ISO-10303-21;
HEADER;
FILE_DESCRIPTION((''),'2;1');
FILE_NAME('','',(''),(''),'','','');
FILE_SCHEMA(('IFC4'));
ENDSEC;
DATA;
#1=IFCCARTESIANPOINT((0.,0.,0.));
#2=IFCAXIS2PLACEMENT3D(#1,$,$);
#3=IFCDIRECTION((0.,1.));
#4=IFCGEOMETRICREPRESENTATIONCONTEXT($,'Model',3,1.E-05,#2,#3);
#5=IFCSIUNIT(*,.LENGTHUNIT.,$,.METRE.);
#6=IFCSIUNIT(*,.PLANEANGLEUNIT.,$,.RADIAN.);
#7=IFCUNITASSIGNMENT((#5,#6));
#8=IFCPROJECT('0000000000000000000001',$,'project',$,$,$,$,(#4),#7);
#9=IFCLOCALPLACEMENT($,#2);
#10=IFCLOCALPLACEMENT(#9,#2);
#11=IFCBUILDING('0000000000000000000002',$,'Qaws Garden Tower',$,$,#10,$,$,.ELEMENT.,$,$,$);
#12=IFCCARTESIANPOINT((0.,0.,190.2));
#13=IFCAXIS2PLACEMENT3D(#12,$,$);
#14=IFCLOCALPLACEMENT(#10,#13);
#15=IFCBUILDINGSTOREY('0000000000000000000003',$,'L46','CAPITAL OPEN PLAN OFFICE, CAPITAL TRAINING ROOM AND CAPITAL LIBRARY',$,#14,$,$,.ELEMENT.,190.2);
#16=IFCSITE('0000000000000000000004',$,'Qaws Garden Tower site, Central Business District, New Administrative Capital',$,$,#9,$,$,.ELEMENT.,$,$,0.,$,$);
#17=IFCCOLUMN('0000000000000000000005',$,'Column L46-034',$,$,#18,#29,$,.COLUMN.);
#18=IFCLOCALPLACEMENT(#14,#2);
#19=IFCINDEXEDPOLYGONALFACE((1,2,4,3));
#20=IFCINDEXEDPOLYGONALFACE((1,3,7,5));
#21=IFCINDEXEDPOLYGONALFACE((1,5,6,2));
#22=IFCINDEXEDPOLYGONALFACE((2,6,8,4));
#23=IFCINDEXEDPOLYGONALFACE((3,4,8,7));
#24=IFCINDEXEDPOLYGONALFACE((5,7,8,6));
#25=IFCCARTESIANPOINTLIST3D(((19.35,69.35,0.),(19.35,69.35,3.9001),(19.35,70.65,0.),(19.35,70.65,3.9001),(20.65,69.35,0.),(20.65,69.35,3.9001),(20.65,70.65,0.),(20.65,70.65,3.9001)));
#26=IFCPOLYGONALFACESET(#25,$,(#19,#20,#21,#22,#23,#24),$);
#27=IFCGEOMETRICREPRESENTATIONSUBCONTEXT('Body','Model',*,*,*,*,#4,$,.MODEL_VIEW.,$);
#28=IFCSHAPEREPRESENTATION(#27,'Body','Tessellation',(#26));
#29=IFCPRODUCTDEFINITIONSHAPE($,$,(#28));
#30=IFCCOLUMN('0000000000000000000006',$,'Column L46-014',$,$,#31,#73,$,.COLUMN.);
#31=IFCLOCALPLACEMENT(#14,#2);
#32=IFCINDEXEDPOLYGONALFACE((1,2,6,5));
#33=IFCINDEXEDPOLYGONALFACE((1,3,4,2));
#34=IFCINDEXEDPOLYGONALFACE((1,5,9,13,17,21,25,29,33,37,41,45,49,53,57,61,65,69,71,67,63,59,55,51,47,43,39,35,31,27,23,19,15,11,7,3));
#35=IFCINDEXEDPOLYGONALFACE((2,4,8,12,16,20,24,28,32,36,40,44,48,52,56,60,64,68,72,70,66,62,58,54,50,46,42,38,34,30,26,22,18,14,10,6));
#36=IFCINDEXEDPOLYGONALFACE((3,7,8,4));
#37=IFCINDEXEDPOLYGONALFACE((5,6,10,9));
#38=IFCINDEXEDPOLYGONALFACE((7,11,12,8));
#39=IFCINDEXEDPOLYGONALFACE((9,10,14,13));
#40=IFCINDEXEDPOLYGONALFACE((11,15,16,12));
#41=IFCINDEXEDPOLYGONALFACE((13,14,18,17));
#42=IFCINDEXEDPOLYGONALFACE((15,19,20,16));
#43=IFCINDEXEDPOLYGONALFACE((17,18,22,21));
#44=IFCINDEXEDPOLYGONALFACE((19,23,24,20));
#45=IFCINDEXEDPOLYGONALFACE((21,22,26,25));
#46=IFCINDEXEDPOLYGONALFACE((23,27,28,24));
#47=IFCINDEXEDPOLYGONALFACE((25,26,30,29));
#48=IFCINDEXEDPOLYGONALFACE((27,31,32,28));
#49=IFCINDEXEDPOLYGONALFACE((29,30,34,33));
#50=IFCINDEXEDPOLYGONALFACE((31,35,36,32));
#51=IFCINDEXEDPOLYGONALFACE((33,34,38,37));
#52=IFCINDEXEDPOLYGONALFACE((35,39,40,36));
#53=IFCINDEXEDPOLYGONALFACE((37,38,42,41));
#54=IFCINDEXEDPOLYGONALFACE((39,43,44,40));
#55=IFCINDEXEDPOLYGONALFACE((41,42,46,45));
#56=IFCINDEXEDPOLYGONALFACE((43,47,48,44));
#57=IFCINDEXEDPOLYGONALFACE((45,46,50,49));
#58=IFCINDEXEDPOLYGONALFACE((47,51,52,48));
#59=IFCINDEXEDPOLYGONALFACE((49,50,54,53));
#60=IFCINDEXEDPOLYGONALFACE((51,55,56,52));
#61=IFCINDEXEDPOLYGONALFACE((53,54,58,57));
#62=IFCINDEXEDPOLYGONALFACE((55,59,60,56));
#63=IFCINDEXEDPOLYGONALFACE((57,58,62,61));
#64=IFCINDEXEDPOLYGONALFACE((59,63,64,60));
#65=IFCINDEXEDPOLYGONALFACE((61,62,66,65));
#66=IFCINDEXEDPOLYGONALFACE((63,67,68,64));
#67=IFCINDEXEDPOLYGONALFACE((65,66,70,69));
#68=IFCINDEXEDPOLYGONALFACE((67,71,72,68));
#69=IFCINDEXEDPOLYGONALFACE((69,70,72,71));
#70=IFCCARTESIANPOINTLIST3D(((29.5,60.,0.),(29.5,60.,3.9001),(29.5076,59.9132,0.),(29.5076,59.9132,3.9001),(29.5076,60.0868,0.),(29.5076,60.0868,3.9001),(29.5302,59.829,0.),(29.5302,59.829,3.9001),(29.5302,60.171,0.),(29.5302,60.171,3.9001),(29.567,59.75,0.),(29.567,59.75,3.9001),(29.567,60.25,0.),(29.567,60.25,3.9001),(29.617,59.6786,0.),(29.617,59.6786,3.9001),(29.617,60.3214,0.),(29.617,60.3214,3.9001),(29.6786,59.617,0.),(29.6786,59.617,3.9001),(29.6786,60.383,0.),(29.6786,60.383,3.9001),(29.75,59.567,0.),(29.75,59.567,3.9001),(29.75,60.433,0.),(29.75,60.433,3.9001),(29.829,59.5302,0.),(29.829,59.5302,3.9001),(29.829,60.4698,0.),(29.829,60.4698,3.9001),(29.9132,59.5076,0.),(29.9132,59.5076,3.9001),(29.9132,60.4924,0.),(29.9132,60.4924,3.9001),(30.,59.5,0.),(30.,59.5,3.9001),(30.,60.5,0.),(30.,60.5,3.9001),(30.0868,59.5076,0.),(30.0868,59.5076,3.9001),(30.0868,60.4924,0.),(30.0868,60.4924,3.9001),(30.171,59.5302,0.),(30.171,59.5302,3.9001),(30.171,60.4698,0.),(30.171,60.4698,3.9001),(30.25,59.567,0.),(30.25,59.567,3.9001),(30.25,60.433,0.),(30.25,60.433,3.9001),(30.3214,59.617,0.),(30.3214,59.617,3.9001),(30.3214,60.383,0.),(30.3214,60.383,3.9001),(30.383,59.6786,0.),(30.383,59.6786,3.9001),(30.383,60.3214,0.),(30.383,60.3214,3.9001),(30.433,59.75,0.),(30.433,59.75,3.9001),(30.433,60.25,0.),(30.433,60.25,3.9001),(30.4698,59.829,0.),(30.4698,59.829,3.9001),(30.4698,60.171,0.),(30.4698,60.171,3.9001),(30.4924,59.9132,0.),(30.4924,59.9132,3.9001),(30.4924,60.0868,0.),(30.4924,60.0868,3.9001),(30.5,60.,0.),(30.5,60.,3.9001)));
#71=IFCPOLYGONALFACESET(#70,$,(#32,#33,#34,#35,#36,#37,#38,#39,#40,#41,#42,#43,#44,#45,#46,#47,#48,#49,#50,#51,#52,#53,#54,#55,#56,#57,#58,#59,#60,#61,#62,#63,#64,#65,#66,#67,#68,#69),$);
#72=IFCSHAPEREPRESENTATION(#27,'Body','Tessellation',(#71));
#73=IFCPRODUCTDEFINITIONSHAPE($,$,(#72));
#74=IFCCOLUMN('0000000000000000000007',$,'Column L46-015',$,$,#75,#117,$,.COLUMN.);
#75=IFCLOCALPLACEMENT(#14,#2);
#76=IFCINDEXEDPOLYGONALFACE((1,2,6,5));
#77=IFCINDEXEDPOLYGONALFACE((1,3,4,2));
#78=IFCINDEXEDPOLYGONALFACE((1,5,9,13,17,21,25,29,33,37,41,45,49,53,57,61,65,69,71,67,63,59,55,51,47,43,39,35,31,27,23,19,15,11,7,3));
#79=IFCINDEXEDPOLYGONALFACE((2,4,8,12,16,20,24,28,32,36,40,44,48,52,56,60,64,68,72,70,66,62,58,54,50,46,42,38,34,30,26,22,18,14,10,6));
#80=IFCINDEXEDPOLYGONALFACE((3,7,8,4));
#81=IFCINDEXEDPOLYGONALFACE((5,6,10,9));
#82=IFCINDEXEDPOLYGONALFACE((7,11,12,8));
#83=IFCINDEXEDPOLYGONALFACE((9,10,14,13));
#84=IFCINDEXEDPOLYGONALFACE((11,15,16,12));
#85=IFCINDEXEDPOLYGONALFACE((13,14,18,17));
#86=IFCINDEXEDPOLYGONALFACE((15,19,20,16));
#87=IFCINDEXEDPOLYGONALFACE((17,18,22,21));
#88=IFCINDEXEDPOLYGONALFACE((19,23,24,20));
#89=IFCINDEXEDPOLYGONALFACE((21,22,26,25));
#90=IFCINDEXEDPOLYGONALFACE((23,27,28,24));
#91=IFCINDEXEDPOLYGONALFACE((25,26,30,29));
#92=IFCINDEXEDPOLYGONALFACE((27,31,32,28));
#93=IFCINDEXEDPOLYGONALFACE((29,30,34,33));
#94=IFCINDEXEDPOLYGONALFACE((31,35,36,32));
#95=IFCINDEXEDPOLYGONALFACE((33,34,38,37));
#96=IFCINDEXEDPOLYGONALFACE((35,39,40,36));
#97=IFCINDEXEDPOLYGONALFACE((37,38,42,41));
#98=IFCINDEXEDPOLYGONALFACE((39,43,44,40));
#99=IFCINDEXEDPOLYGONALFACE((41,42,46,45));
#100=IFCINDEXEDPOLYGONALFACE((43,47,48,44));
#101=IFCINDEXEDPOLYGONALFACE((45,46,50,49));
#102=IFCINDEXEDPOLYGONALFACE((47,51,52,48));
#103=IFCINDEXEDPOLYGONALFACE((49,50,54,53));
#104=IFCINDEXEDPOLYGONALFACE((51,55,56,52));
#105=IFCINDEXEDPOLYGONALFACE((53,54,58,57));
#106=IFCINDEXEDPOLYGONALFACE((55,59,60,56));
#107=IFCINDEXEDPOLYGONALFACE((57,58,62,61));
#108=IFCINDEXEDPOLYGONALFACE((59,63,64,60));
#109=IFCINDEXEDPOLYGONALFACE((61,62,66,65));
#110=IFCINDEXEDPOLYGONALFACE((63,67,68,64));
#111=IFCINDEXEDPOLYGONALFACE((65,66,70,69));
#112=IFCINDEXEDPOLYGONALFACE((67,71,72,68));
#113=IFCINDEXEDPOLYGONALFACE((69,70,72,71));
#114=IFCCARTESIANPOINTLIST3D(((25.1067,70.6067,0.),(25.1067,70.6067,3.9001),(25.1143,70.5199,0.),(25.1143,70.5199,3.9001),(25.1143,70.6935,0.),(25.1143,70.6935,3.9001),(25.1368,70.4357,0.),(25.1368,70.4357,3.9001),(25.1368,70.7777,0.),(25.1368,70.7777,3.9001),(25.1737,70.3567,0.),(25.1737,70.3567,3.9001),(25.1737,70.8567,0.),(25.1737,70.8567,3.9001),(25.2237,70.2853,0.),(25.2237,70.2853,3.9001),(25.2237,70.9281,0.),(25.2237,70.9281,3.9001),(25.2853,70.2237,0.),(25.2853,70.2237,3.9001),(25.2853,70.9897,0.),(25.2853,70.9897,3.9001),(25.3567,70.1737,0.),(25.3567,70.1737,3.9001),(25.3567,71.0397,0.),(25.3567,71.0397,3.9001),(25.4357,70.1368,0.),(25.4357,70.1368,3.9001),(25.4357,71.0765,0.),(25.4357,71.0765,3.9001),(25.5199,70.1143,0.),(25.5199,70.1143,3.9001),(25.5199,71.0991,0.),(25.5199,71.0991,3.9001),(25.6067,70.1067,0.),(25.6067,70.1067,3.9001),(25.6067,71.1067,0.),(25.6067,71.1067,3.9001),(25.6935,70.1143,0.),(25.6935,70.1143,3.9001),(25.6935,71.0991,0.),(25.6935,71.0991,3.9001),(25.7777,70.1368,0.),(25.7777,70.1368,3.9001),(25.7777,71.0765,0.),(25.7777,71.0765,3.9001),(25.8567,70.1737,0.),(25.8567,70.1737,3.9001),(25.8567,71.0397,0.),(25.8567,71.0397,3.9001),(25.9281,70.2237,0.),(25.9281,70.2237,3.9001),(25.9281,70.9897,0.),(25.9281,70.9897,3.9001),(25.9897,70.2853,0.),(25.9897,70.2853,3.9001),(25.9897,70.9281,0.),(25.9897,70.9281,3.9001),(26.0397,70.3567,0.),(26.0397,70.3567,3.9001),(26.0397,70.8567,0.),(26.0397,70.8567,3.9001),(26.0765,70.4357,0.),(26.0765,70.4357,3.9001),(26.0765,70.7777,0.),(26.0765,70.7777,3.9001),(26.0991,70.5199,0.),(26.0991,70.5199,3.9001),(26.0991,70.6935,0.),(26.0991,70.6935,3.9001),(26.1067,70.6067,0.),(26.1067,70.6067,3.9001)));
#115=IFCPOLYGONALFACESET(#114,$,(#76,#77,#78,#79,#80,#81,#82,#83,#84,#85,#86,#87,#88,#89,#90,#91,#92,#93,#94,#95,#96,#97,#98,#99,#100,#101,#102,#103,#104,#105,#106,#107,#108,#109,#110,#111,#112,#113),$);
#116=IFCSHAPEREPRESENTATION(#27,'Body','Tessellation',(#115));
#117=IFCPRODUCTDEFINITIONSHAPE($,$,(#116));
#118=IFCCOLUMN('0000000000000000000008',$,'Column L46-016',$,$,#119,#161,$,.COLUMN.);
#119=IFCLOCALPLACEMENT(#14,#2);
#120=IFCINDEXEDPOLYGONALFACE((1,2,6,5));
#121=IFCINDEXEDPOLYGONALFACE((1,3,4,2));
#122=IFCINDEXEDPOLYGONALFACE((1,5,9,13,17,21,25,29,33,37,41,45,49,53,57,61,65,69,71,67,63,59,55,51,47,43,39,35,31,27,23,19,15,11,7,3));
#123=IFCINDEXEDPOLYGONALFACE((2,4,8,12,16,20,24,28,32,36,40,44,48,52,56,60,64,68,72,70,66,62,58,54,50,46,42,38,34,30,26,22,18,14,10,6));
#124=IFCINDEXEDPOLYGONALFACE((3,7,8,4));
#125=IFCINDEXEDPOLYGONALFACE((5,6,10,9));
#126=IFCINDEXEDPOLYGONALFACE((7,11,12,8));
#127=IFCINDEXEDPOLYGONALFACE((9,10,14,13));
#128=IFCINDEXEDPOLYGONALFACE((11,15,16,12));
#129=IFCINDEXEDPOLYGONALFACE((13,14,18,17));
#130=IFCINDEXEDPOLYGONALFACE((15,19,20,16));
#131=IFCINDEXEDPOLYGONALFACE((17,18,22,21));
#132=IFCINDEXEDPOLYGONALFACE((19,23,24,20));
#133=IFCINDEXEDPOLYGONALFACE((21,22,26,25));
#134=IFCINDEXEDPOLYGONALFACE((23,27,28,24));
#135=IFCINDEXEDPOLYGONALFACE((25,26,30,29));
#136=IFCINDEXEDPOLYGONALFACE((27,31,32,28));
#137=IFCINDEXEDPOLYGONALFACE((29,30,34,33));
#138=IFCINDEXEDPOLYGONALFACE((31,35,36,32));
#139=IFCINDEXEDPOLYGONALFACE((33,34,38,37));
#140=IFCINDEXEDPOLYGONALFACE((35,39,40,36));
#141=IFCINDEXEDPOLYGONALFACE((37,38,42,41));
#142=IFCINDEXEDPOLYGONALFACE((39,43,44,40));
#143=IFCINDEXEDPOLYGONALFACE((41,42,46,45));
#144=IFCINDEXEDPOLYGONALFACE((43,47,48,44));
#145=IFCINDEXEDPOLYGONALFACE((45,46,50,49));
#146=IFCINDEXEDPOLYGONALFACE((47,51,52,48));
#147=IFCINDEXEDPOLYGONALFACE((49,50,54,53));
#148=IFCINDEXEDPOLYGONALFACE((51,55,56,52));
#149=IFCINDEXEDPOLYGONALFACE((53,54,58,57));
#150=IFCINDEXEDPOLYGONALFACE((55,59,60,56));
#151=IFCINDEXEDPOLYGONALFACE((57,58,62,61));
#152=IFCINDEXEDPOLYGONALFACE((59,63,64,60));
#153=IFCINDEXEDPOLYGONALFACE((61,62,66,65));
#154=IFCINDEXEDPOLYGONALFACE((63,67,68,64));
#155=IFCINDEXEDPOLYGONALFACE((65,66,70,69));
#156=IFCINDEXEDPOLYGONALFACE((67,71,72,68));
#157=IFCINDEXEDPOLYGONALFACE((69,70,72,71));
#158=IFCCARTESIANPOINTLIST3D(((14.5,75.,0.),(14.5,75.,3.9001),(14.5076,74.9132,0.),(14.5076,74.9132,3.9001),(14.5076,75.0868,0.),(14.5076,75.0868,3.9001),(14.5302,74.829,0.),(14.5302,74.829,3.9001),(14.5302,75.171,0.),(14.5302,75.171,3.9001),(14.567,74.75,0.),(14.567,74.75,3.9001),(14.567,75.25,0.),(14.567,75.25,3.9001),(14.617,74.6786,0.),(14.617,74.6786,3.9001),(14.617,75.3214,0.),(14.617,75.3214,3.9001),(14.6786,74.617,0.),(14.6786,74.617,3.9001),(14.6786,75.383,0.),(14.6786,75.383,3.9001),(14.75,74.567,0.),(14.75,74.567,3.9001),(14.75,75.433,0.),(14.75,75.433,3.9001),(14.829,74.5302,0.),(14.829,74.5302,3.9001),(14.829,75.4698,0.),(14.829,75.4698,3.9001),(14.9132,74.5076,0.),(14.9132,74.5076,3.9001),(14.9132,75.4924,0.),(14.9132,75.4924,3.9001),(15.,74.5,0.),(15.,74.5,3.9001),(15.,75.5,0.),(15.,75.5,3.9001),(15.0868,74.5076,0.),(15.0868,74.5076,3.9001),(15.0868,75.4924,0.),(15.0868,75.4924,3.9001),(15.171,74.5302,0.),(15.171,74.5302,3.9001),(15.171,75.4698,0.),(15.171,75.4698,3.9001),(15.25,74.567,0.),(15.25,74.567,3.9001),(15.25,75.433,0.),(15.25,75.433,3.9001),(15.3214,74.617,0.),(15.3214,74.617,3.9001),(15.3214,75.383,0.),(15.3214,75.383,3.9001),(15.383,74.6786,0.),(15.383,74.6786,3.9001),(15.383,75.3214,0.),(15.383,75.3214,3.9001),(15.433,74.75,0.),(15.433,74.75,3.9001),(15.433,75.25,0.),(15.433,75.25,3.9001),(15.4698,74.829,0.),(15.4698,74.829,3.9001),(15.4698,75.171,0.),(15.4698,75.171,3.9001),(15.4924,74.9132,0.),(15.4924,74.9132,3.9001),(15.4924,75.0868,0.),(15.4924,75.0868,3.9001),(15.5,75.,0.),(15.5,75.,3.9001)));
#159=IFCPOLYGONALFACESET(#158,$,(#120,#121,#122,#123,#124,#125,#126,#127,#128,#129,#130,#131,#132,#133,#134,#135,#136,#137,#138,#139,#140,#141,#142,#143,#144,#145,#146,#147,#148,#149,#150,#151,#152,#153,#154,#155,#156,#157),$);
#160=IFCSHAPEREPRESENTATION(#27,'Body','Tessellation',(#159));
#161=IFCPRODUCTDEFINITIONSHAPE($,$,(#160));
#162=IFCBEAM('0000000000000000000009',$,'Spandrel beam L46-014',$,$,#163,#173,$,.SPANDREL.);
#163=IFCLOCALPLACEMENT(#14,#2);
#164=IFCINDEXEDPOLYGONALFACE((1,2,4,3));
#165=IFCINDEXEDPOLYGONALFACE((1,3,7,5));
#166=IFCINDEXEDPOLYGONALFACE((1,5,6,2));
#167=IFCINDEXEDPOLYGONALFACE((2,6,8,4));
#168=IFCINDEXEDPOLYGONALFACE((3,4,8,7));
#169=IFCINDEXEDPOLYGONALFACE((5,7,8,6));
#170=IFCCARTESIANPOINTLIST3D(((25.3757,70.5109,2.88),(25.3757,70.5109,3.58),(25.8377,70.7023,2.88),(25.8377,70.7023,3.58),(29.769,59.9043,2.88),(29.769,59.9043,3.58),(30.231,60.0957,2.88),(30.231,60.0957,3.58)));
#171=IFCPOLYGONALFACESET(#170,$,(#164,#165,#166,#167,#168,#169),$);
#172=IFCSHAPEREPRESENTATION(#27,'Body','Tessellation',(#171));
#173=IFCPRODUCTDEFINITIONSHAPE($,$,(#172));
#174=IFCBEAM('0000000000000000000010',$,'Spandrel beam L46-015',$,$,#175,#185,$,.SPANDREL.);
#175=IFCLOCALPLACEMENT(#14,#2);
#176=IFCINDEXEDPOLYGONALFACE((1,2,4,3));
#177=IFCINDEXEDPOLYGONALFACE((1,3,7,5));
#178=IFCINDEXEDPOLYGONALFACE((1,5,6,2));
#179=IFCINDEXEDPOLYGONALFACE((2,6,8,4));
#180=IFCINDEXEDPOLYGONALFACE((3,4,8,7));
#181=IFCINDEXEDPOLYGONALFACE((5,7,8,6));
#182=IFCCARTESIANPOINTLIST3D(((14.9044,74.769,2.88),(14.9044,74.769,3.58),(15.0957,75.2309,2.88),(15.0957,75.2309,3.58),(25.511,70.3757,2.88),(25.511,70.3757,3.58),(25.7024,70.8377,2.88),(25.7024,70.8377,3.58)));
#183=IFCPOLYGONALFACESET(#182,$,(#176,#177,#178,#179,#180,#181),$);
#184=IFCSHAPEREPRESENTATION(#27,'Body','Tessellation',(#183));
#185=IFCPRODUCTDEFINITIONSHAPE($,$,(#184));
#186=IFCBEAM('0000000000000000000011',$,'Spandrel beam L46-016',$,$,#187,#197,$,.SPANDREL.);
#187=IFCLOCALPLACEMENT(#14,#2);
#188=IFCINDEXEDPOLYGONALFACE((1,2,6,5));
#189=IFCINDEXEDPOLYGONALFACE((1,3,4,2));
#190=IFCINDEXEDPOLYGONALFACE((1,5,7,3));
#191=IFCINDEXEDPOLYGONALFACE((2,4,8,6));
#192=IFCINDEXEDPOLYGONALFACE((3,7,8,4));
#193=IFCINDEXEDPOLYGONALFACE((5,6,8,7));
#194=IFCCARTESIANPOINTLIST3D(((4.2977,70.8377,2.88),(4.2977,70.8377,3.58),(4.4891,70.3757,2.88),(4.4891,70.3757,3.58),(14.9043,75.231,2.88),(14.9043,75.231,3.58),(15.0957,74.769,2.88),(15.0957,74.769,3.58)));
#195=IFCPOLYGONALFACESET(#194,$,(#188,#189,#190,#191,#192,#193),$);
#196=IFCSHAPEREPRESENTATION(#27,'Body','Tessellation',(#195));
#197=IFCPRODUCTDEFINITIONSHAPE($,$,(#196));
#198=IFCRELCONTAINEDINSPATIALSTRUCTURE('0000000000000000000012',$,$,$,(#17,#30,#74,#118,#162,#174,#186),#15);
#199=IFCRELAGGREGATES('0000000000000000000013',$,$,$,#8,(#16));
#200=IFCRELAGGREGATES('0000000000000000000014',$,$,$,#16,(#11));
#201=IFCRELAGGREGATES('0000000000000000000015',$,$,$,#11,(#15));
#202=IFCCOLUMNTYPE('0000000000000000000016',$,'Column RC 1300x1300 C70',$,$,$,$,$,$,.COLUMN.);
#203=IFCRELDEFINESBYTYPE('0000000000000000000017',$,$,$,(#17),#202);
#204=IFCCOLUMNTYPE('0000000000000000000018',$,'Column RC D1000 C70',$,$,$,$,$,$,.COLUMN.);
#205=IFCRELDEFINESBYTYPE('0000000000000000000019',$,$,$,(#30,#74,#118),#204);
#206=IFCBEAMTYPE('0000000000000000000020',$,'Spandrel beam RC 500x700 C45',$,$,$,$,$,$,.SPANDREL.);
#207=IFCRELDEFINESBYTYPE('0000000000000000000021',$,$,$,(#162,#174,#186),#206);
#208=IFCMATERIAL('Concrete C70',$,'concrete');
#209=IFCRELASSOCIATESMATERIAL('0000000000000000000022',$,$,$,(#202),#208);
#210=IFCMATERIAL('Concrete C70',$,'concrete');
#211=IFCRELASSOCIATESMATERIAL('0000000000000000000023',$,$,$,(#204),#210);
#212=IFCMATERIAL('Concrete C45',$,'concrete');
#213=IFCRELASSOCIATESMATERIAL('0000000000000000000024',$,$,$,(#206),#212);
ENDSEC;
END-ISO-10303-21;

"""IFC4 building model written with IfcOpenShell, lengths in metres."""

from ifc_helpers import new_model, si_unit, direction, frame, origin, origin_2d, place, context, subcontext, project, spatial, rectangle, circle, extrude, material, material_profile, profile_set, type_object, element, save


model = new_model("IFC4")

# Units and contexts
model_context = context("Model", 3, precision=1e-05, world=origin(), true_north=direction((0.0, 1.0)))
body_context = subcontext(model_context, "Body", "Model", "MODEL_VIEW")
ifc_project = project(units=[si_unit("LENGTHUNIT", "METRE"), si_unit("PLANEANGLEUNIT", "RADIAN")], contexts=[model_context])

# Site, building, storey
site_placement = place(None, origin())
site = spatial("IfcSite", under=ifc_project, at=site_placement, Name="Qaws Garden Tower site, Central Business District, New Administrative Capital", CompositionType="ELEMENT", RefElevation=0.0)
building_placement = place(site_placement, origin())
building = spatial("IfcBuilding", under=site, at=building_placement, Name="Qaws Garden Tower", CompositionType="ELEMENT")
storey_placement = place(building_placement, frame((0.0, 0.0, 190.2)))
storey = spatial("IfcBuildingStorey", under=building, at=storey_placement, Name="L46", Description="CAPITAL OPEN PLAN OFFICE, CAPITAL TRAINING ROOM AND CAPITAL LIBRARY", CompositionType="ELEMENT", Elevation=190.2)

# Columns
ifc_material_1 = material(Name="Concrete C70", Category="concrete")
ifc_material_profile_1 = material_profile(ifc_material_1, rectangle(XDim=1.3, YDim=1.3, at=origin_2d()), Name="RC 1300x1300")
ifc_profile_set_1 = profile_set([ifc_material_profile_1], Name="Concrete C70")
column_type_1 = type_object("IfcColumnType", Name="Column RC 1300x1300 C70", PredefinedType="COLUMN", material=ifc_profile_set_1)
column_placement = place(storey_placement, frame((20.0, 70.0, 0.0), z_axis=(0.0, 0.0, 1.0), x_axis=(1.0, 0.0, 0.0)))
element("IfcColumn", 1, at=column_placement, inside=storey, type_object=column_type_1, Name="Column L46-034", PredefinedType="COLUMN", context=body_context, shape_type="SweptSolid", body=[
    extrude(rectangle(XDim=1.3, YDim=1.3, at=origin_2d()), origin(), (0.0, 0.0, 1.0), 3.9001),
])
ifc_material_2 = material(Name="Concrete C70", Category="concrete")
ifc_material_profile_2 = material_profile(ifc_material_2, circle(Radius=0.5, at=origin_2d()), Name="RC D1000")
ifc_profile_set_2 = profile_set([ifc_material_profile_2], Name="Concrete C70")
column_type_2 = type_object("IfcColumnType", Name="Column RC D1000 C70", PredefinedType="COLUMN", material=ifc_profile_set_2)
for number, where, z_axis, x_axis, name in (
    (2, (30.0, 60.0, 0.0), (0.0, 0.0, 1.0), (1.0, 0.0, 0.0), "Column L46-014"),
    (3, (25.6067, 70.6067, 0.0), (0.0, 0.0, 1.0), (1.0, 0.0, 0.0), "Column L46-015"),
    (4, (15.0, 75.0, 0.0), (0.0, 0.0, 1.0), (1.0, 0.0, 0.0), "Column L46-016"),
):
    element("IfcColumn", number, at=place(storey_placement, frame(where, z_axis=z_axis, x_axis=x_axis)), inside=storey, type_object=column_type_2, Name=name, PredefinedType="COLUMN", context=body_context, shape_type="SweptSolid", body=[
        extrude(circle(Radius=0.5, at=origin_2d()), origin(), (0.0, 0.0, 1.0), 3.9001),
    ])

# Beams
ifc_material_3 = material(Name="Concrete C45", Category="concrete")
ifc_material_profile_3 = material_profile(ifc_material_3, rectangle(XDim=0.5, YDim=0.7, at=origin_2d()), Name="RC 500x700")
ifc_profile_set_3 = profile_set([ifc_material_profile_3], Name="Concrete C45")
beam_type = type_object("IfcBeamType", Name="Spandrel beam RC 500x700 C45", PredefinedType="SPANDREL", material=ifc_profile_set_3)
for number, where, z_axis, x_axis, name in (
    (5, (30.0, 60.0, 3.23), (-0.382674, 0.923883, 0.0), (-0.923883, -0.382674, 0.0), "Spandrel beam L46-014"),
    (6, (25.6067, 70.6067, 3.23), (-0.923883, 0.382674, 0.0), (-0.382674, -0.923883, 0.0), "Spandrel beam L46-015"),
    (7, (15.0, 75.0, 3.23), (-0.923883, -0.382674, 0.0), (0.382674, -0.923883, 0.0), "Spandrel beam L46-016"),
):
    element("IfcBeam", number, at=place(storey_placement, frame(where, z_axis=z_axis, x_axis=x_axis)), inside=storey, type_object=beam_type, Name=name, PredefinedType="SPANDREL", context=body_context, shape_type="SweptSolid", body=[
        extrude(rectangle(XDim=0.5, YDim=0.7, at=origin_2d()), origin(), (0.0, 0.0, 1.0), 11.4805),
    ])

save(model, "model.ifc")
